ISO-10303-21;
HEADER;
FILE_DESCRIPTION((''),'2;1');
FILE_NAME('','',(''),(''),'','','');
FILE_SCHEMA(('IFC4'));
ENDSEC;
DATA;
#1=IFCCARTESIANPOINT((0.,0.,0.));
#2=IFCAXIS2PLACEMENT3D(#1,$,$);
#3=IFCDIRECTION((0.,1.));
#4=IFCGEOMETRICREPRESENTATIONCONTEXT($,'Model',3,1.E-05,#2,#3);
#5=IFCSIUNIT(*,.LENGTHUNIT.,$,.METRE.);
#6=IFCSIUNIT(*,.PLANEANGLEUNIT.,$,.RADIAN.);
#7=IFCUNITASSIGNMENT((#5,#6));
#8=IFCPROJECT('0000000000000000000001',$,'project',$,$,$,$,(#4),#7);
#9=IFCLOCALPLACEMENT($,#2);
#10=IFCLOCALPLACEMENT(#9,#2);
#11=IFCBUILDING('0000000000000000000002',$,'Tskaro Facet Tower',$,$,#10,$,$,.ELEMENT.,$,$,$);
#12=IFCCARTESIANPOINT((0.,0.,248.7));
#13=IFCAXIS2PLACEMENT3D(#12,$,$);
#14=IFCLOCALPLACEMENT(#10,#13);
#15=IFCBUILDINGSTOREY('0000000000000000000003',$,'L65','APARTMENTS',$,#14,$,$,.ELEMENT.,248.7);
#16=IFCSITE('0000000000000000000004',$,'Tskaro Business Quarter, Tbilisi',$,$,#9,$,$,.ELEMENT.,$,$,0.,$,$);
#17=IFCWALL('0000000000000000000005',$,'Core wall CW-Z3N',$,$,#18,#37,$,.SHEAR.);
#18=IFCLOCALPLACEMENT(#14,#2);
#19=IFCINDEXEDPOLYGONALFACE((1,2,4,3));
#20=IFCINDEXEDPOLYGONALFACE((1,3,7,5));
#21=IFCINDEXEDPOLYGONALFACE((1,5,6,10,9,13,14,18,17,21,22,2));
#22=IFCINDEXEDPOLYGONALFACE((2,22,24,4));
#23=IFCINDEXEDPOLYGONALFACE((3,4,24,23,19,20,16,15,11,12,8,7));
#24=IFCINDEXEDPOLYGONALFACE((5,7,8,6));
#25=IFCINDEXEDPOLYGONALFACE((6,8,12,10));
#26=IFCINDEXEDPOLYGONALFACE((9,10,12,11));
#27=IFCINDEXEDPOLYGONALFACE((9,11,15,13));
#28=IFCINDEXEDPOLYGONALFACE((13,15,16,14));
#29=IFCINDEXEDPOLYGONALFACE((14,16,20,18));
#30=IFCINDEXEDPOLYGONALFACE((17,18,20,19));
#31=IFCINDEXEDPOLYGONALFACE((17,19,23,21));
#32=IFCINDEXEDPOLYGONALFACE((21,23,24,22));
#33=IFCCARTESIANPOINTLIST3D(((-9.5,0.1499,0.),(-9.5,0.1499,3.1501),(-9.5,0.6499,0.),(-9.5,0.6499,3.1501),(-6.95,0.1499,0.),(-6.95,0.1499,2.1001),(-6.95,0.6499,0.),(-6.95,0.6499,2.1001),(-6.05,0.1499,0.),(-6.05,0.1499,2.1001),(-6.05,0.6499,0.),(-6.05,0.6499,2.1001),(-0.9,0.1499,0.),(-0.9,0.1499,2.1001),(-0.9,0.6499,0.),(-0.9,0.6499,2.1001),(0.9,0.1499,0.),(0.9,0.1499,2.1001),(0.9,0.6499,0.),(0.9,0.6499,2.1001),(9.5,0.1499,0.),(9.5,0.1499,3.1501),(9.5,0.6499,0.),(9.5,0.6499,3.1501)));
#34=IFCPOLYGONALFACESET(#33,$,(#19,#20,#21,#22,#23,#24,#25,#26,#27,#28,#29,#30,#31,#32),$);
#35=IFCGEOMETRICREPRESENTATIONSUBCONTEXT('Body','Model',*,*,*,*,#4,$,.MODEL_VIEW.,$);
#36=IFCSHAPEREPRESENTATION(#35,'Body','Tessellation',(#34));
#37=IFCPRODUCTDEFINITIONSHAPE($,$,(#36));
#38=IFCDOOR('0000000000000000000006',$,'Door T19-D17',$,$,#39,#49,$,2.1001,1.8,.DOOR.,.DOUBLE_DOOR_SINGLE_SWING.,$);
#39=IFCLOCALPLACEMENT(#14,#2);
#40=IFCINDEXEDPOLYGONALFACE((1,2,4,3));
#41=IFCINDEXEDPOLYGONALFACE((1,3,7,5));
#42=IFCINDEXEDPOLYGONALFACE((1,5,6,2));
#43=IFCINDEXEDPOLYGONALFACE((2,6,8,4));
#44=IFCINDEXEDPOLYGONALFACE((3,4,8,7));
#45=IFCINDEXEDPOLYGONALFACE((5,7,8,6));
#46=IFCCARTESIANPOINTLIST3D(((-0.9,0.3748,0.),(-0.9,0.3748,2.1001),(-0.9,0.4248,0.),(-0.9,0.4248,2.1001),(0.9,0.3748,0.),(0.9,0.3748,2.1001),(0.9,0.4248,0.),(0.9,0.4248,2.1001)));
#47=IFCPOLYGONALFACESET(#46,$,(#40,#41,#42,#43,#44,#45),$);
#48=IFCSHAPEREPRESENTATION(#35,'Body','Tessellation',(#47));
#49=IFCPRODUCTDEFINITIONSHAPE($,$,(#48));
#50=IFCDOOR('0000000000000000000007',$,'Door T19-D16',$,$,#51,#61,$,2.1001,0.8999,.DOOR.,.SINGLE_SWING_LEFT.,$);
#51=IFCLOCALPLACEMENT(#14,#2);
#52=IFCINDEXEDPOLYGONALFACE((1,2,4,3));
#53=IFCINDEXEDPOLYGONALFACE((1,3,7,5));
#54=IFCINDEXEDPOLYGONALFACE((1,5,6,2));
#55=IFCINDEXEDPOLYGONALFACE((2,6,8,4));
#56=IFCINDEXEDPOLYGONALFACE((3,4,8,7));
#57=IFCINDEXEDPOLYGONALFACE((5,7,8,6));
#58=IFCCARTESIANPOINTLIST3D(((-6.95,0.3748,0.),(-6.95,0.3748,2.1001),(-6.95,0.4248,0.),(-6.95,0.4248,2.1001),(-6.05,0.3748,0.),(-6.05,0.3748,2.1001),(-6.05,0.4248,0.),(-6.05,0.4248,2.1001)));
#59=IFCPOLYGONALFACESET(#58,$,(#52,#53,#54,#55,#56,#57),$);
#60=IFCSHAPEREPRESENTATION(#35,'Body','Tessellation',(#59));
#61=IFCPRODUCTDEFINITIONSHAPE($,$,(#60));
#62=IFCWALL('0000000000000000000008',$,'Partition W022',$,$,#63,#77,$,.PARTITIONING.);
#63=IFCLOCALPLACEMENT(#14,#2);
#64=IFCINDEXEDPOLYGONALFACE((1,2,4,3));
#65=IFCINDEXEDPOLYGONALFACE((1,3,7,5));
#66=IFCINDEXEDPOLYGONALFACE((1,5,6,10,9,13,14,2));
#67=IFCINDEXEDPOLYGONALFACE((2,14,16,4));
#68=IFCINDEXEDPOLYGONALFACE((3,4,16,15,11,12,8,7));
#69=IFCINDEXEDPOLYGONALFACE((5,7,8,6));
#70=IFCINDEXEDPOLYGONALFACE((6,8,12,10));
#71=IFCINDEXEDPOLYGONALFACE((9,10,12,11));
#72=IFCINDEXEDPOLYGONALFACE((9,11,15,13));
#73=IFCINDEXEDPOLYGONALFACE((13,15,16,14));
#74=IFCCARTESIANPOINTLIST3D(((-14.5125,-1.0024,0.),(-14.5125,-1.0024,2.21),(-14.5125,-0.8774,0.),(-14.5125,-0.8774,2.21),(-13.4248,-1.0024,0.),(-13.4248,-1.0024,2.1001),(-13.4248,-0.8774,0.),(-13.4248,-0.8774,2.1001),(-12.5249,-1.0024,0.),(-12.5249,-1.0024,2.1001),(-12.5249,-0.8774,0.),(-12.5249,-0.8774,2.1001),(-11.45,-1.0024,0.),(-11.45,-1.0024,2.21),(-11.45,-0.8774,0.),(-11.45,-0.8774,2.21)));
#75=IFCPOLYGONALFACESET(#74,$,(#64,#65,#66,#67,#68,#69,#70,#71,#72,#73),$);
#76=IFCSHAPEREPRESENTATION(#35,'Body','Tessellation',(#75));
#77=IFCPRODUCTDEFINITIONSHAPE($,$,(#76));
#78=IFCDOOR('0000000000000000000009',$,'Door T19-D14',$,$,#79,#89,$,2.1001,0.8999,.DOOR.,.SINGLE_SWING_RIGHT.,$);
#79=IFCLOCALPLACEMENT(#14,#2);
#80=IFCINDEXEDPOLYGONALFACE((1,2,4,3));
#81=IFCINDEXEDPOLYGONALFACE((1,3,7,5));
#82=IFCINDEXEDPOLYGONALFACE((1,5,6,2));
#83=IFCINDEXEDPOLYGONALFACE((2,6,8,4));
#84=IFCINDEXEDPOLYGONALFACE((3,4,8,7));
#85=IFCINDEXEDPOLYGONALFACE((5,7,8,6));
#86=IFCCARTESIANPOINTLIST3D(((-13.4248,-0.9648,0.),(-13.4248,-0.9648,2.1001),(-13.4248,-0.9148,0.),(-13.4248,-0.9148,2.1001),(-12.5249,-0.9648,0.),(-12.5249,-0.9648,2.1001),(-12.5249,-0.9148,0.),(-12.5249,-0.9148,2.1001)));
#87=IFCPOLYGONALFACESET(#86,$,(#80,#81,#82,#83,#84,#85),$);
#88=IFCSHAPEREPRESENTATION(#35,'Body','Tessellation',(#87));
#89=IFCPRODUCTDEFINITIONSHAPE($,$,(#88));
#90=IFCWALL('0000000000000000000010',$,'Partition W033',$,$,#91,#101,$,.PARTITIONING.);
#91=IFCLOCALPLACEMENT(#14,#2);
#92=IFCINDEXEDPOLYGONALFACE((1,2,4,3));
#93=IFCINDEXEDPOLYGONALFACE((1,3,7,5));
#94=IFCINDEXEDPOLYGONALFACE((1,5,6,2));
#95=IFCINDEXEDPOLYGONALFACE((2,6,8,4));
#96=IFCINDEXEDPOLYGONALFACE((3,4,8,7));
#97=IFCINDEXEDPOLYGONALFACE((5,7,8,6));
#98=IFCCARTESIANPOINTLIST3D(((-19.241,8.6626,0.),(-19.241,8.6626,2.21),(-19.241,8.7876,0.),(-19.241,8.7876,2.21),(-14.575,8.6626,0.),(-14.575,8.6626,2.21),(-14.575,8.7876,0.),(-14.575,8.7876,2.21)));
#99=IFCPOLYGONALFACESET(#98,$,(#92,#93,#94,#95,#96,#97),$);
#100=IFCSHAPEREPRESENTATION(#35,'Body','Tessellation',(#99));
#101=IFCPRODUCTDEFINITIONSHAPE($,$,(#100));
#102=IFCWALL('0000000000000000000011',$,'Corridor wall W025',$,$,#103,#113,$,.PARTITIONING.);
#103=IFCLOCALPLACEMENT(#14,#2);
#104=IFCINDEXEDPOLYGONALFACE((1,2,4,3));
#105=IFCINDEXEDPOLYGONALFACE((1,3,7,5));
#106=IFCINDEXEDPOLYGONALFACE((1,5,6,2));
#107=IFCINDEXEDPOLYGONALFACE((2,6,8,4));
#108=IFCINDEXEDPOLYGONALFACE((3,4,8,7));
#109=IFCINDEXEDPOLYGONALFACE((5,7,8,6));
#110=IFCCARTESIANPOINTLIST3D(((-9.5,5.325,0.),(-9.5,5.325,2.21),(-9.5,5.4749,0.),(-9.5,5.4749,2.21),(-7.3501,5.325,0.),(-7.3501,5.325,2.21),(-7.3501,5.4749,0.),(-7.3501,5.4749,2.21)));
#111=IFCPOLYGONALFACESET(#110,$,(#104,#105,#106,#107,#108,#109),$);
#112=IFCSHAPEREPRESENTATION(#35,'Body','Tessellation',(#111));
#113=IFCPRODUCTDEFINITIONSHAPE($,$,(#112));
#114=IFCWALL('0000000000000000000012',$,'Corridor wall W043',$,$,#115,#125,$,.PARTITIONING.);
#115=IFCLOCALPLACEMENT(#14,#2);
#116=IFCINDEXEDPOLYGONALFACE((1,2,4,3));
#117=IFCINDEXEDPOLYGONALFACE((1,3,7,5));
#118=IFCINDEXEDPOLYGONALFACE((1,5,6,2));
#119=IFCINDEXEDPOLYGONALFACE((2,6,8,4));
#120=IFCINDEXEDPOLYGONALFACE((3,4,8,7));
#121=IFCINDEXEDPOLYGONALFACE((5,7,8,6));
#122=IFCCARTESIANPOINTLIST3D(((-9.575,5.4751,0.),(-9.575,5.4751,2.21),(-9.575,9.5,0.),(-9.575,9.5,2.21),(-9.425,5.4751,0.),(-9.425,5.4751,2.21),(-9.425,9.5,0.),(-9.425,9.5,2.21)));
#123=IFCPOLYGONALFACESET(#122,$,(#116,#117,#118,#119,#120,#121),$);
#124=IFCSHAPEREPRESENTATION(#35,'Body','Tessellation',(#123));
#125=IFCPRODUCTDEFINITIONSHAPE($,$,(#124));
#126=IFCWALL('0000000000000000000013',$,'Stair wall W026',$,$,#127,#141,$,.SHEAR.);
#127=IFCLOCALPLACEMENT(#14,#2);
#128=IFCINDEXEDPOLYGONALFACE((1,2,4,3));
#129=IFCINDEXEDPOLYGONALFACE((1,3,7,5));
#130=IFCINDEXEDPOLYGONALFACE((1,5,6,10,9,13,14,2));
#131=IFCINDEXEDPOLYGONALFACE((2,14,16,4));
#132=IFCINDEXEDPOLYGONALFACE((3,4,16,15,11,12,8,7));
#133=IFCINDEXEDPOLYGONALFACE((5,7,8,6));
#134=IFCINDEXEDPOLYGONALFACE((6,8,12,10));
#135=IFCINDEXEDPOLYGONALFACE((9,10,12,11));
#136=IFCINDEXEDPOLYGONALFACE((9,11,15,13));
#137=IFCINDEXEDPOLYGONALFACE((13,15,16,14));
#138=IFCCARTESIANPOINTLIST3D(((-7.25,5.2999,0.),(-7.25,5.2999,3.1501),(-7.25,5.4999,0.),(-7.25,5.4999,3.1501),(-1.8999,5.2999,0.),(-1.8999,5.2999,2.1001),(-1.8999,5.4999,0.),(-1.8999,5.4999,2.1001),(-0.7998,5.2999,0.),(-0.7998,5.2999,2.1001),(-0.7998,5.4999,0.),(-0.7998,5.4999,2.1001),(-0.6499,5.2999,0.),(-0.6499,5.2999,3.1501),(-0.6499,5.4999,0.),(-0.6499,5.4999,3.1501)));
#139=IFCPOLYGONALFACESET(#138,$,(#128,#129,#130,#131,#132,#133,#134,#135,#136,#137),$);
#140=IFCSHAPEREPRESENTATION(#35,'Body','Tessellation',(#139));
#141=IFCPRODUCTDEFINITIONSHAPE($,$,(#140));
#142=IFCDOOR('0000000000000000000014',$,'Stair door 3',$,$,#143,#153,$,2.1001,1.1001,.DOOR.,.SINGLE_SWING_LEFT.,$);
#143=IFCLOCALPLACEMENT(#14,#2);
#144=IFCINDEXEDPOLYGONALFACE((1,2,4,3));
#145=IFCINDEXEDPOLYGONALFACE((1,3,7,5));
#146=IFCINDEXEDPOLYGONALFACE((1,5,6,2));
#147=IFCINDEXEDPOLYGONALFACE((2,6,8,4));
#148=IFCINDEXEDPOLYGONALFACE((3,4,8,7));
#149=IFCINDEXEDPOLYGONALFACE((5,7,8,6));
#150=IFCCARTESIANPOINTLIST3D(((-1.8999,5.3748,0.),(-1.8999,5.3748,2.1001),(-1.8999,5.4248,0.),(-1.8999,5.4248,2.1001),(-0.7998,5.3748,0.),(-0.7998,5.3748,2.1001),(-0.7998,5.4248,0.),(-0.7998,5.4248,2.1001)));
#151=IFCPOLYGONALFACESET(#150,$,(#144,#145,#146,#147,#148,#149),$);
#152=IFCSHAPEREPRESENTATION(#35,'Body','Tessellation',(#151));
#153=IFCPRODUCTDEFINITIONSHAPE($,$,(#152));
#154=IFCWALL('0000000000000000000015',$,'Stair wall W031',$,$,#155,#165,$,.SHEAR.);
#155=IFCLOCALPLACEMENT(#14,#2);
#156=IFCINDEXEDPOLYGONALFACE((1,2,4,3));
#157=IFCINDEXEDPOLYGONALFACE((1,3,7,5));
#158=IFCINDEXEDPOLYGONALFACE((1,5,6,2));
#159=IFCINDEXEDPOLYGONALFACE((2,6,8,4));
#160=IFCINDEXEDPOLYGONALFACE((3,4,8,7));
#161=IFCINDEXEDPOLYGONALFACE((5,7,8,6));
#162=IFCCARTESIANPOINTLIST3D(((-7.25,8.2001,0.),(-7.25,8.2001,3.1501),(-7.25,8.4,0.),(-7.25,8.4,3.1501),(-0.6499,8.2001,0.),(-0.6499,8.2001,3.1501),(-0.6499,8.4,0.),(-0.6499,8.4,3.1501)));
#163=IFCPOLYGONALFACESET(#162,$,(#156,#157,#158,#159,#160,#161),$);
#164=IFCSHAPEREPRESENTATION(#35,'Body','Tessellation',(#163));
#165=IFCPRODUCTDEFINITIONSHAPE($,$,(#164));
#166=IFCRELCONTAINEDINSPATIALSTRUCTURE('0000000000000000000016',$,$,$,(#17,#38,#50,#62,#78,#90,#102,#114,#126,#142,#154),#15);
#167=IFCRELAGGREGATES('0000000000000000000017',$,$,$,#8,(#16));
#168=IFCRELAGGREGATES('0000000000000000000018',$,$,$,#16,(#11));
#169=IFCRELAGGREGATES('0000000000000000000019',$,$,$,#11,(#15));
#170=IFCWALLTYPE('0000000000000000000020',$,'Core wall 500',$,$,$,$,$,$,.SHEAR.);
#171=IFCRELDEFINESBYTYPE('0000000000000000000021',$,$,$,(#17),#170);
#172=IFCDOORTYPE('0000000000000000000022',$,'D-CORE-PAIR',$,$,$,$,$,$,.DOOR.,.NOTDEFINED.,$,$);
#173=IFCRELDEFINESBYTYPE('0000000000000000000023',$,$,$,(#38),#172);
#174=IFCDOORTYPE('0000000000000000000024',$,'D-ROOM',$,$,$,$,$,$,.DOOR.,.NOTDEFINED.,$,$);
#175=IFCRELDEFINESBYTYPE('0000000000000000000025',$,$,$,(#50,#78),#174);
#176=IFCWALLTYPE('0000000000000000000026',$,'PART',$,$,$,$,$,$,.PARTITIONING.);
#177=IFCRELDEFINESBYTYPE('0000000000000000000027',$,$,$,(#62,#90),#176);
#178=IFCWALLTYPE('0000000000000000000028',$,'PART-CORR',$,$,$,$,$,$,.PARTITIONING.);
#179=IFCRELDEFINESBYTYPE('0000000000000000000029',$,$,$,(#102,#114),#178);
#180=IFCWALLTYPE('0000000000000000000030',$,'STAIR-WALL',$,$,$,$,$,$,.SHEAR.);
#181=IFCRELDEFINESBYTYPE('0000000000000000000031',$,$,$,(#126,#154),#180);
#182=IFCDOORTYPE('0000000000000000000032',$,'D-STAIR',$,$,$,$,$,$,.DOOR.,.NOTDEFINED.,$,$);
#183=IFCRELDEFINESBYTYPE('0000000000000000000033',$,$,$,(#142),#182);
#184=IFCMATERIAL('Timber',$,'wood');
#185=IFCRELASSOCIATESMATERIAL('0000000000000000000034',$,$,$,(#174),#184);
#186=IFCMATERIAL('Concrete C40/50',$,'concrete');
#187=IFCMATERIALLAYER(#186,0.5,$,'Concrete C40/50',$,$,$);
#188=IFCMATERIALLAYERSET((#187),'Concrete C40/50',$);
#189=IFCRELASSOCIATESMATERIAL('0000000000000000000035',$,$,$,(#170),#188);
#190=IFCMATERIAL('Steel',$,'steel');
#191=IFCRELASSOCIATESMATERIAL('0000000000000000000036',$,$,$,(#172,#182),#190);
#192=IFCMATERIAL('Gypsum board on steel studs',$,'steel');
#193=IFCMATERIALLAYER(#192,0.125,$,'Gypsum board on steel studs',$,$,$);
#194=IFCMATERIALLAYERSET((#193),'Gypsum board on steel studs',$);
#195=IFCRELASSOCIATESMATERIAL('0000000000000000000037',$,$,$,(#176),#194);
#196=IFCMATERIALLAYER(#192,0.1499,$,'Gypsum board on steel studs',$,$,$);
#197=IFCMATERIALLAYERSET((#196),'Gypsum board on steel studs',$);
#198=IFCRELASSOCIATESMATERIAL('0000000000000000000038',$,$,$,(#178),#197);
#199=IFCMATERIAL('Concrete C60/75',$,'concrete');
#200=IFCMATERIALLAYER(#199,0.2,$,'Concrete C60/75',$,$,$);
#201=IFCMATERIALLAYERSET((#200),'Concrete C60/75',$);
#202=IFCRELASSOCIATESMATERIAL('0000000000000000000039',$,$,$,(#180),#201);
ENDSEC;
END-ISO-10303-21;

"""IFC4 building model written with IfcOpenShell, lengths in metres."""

from ifc_helpers import new_model, si_unit, direction, frame, frame_2d, origin, place, context, subcontext, project, spatial, rectangle, extrude, material, layer, layer_set, type_object, element, fill, save


model = new_model("IFC4")

# Units and contexts
model_context = context("Model", 3, precision=1e-05, world=origin(), true_north=direction((0.0, 1.0)))
body_context = subcontext(model_context, "Body", "Model", "MODEL_VIEW")
ifc_project = project(units=[si_unit("LENGTHUNIT", "METRE"), si_unit("PLANEANGLEUNIT", "RADIAN")], contexts=[model_context])

# Site, building, storey
site_placement = place(None, origin())
site = spatial("IfcSite", under=ifc_project, at=site_placement, Name="Tskaro Business Quarter, Tbilisi", CompositionType="ELEMENT", RefElevation=0.0)
building_placement = place(site_placement, origin())
building = spatial("IfcBuilding", under=site, at=building_placement, Name="Tskaro Facet Tower", CompositionType="ELEMENT")
storey_placement = place(building_placement, frame((0.0, 0.0, 248.7)))
storey = spatial("IfcBuildingStorey", under=building, at=storey_placement, Name="L65", Description="APARTMENTS", CompositionType="ELEMENT", Elevation=248.7)

# Shared definitions
ifc_material_1 = material(Name="Timber", Category="wood")
door_type_1 = type_object("IfcDoorType", Name="D-ROOM", OperationType="NOTDEFINED", PredefinedType="DOOR", material=ifc_material_1)

# Wall, openings, doors
ifc_material_2 = material(Name="Concrete C40/50", Category="concrete")
ifc_layer_1 = layer(ifc_material_2, 0.5, Name="Concrete C40/50")
ifc_layer_set_1 = layer_set([ifc_layer_1], Name="Concrete C40/50")
wall_type_1 = type_object("IfcWallType", Name="Core wall 500", PredefinedType="SHEAR", material=ifc_layer_set_1)
wall_1_placement = place(storey_placement, frame((-9.5, 0.3999, 0.0), z_axis=(0.0, 0.0, 1.0), x_axis=(1.0, 0.0, 0.0)))
wall_1 = element("IfcWall", 1, at=wall_1_placement, inside=storey, type_object=wall_type_1, Name="Core wall CW-Z3N", PredefinedType="SHEAR", context=body_context, shape_type="SweptSolid", body=[
    extrude(rectangle(XDim=19.0, YDim=0.5, at=frame_2d((9.5, 0.0))), origin(), (0.0, 0.0, 1.0), 3.1501),
])
opening_1_placement = place(wall_1_placement, frame((8.6001, 0.0, 0.0)))
opening_1 = element("IfcOpeningElement", 2, at=opening_1_placement, cuts=wall_1, PredefinedType="OPENING", context=body_context, shape_type="SweptSolid", body=[
    extrude(rectangle(XDim=1.8, YDim=2.1001, at=frame_2d((0.8999, 1.05))), frame((0.0, 0.26, 0.0), z_axis=(0.0, -1.0, 0.0), x_axis=(1.0, 0.0, 0.0)), (0.0, 0.0, 1.0), 0.52),
])
opening_2_placement = place(wall_1_placement, frame((2.55, 0.0, 0.0)))
opening_2 = element("IfcOpeningElement", 3, at=opening_2_placement, cuts=wall_1, PredefinedType="OPENING", context=body_context, shape_type="SweptSolid", body=[
    extrude(rectangle(XDim=0.8999, YDim=2.1001, at=frame_2d((0.45, 1.05))), frame((0.0, 0.26, 0.0), z_axis=(0.0, -1.0, 0.0), x_axis=(1.0, 0.0, 0.0)), (0.0, 0.0, 1.0), 0.52),
])
ifc_material_3 = material(Name="Steel", Category="steel")
door_type_2 = type_object("IfcDoorType", Name="D-CORE-PAIR", OperationType="NOTDEFINED", PredefinedType="DOOR", material=ifc_material_3)
door_1_placement = place(opening_1_placement, origin())
door_1 = element("IfcDoor", 4, at=door_1_placement, inside=storey, type_object=door_type_2, Name="Door T19-D17", OperationType="DOUBLE_DOOR_SINGLE_SWING", OverallHeight=2.1001, OverallWidth=1.8, PredefinedType="DOOR", context=body_context, shape_type="SweptSolid", body=[
    extrude(rectangle(XDim=1.8, YDim=2.1001, at=frame_2d((0.8999, 1.05))), frame((0.0, 0.0249, 0.0), z_axis=(0.0, -1.0, 0.0), x_axis=(1.0, 0.0, 0.0)), (0.0, 0.0, 1.0), 0.05),
])
fill(opening_1, door_1)
door_2_placement = place(opening_2_placement, origin())
door_2 = element("IfcDoor", 5, at=door_2_placement, inside=storey, type_object=door_type_1, Name="Door T19-D16", OperationType="SINGLE_SWING_LEFT", OverallHeight=2.1001, OverallWidth=0.8999, PredefinedType="DOOR", context=body_context, shape_type="SweptSolid", body=[
    extrude(rectangle(XDim=0.8999, YDim=2.1001, at=frame_2d((0.45, 1.05))), frame((0.0, 0.0249, 0.0), z_axis=(0.0, -1.0, 0.0), x_axis=(1.0, 0.0, 0.0)), (0.0, 0.0, 1.0), 0.05),
])
fill(opening_2, door_2)

# Wall, opening, door
ifc_material_4 = material(Name="Gypsum board on steel studs", Category="steel")
ifc_layer_2 = layer(ifc_material_4, 0.125, Name="Gypsum board on steel studs")
ifc_layer_set_2 = layer_set([ifc_layer_2], Name="Gypsum board on steel studs")
wall_type_2 = type_object("IfcWallType", Name="PART", PredefinedType="PARTITIONING", material=ifc_layer_set_2)
wall_2_placement = place(storey_placement, frame((-11.45, -0.9399, 0.0), z_axis=(0.0, 0.0, 1.0), x_axis=(-1.0, 0.0, 0.0)))
wall_2 = element("IfcWall", 6, at=wall_2_placement, inside=storey, type_object=wall_type_2, Name="Partition W022", PredefinedType="PARTITIONING", context=body_context, shape_type="SweptSolid", body=[
    extrude(rectangle(XDim=3.0625, YDim=0.125, at=frame_2d((1.5312, 0.0))), origin(), (0.0, 0.0, 1.0), 2.21),
])
opening_3_placement = place(wall_2_placement, frame((1.075, 0.0, 0.0)))
opening_3 = element("IfcOpeningElement", 7, at=opening_3_placement, cuts=wall_2, PredefinedType="OPENING", context=body_context, shape_type="SweptSolid", body=[
    extrude(rectangle(XDim=0.8999, YDim=2.1001, at=frame_2d((0.45, 1.05))), frame((0.0, 0.0725, 0.0), z_axis=(0.0, -1.0, 0.0), x_axis=(1.0, 0.0, 0.0)), (0.0, 0.0, 1.0), 0.145),
])
door_3_placement = place(opening_3_placement, origin())
door_3 = element("IfcDoor", 8, at=door_3_placement, inside=storey, type_object=door_type_1, Name="Door T19-D14", OperationType="SINGLE_SWING_RIGHT", OverallHeight=2.1001, OverallWidth=0.8999, PredefinedType="DOOR", context=body_context, shape_type="SweptSolid", body=[
    extrude(rectangle(XDim=0.8999, YDim=2.1001, at=frame_2d((0.45, 1.05))), frame((0.0, 0.0249, 0.0), z_axis=(0.0, -1.0, 0.0), x_axis=(1.0, 0.0, 0.0)), (0.0, 0.0, 1.0), 0.05),
])
fill(opening_3, door_3)

# Walls
wall_3_placement = place(storey_placement, frame((-19.241, 8.7251, 0.0), z_axis=(0.0, 0.0, 1.0), x_axis=(1.0, 0.0, 0.0)))
element("IfcWall", 9, at=wall_3_placement, inside=storey, type_object=wall_type_2, Name="Partition W033", PredefinedType="PARTITIONING", context=body_context, shape_type="SweptSolid", body=[
    extrude(rectangle(XDim=4.666, YDim=0.125, at=frame_2d((2.333, 0.0))), origin(), (0.0, 0.0, 1.0), 2.21),
])
ifc_layer_3 = layer(ifc_material_4, 0.1499, Name="Gypsum board on steel studs")
ifc_layer_set_3 = layer_set([ifc_layer_3], Name="Gypsum board on steel studs")
wall_type_3 = type_object("IfcWallType", Name="PART-CORR", PredefinedType="PARTITIONING", material=ifc_layer_set_3)
wall_4_placement = place(storey_placement, frame((-9.5, 5.3999, 0.0), z_axis=(0.0, 0.0, 1.0), x_axis=(1.0, 0.0, 0.0)))
element("IfcWall", 10, at=wall_4_placement, inside=storey, type_object=wall_type_3, Name="Corridor wall W025", PredefinedType="PARTITIONING", context=body_context, shape_type="SweptSolid", body=[
    extrude(rectangle(XDim=2.1499, YDim=0.1499, at=frame_2d((1.075, 0.0))), origin(), (0.0, 0.0, 1.0), 2.21),
])
wall_5_placement = place(storey_placement, frame((-9.5, 5.4751, 0.0), z_axis=(0.0, 0.0, 1.0), x_axis=(0.0, 1.0, 0.0)))
element("IfcWall", 11, at=wall_5_placement, inside=storey, type_object=wall_type_3, Name="Corridor wall W043", PredefinedType="PARTITIONING", context=body_context, shape_type="SweptSolid", body=[
    extrude(rectangle(XDim=4.0249, YDim=0.1499, at=frame_2d((2.0125, 0.0))), origin(), (0.0, 0.0, 1.0), 2.21),
])

# Wall, opening, door
ifc_material_5 = material(Name="Concrete C60/75", Category="concrete")
ifc_layer_4 = layer(ifc_material_5, 0.2, Name="Concrete C60/75")
ifc_layer_set_4 = layer_set([ifc_layer_4], Name="Concrete C60/75")
wall_type_4 = type_object("IfcWallType", Name="STAIR-WALL", PredefinedType="SHEAR", material=ifc_layer_set_4)
wall_6_placement = place(storey_placement, frame((-7.25, 5.3999, 0.0), z_axis=(0.0, 0.0, 1.0), x_axis=(1.0, 0.0, 0.0)))
wall_6 = element("IfcWall", 12, at=wall_6_placement, inside=storey, type_object=wall_type_4, Name="Stair wall W026", PredefinedType="SHEAR", context=body_context, shape_type="SweptSolid", body=[
    extrude(rectangle(XDim=6.6001, YDim=0.2, at=frame_2d((3.3, 0.0))), origin(), (0.0, 0.0, 1.0), 3.1501),
])
opening_4_placement = place(wall_6_placement, frame((5.3501, 0.0, 0.0)))
opening_4 = element("IfcOpeningElement", 13, at=opening_4_placement, cuts=wall_6, PredefinedType="OPENING", context=body_context, shape_type="SweptSolid", body=[
    extrude(rectangle(XDim=1.1001, YDim=2.1001, at=frame_2d((0.55, 1.05))), frame((0.0, 0.1099, 0.0), z_axis=(0.0, -1.0, 0.0), x_axis=(1.0, 0.0, 0.0)), (0.0, 0.0, 1.0), 0.22),
])
door_type_3 = type_object("IfcDoorType", Name="D-STAIR", OperationType="NOTDEFINED", PredefinedType="DOOR", material=ifc_material_3)
door_4_placement = place(opening_4_placement, origin())
door_4 = element("IfcDoor", 14, at=door_4_placement, inside=storey, type_object=door_type_3, Name="Stair door 3", OperationType="SINGLE_SWING_LEFT", OverallHeight=2.1001, OverallWidth=1.1001, PredefinedType="DOOR", context=body_context, shape_type="SweptSolid", body=[
    extrude(rectangle(XDim=1.1001, YDim=2.1001, at=frame_2d((0.55, 1.05))), frame((0.0, 0.0249, 0.0), z_axis=(0.0, -1.0, 0.0), x_axis=(1.0, 0.0, 0.0)), (0.0, 0.0, 1.0), 0.05),
])
fill(opening_4, door_4)

# Wall
wall_7_placement = place(storey_placement, frame((-7.25, 8.3, 0.0), z_axis=(0.0, 0.0, 1.0), x_axis=(1.0, 0.0, 0.0)))
element("IfcWall", 15, at=wall_7_placement, inside=storey, type_object=wall_type_4, Name="Stair wall W031", PredefinedType="SHEAR", context=body_context, shape_type="SweptSolid", body=[
    extrude(rectangle(XDim=6.6001, YDim=0.2, at=frame_2d((3.3, 0.0))), origin(), (0.0, 0.0, 1.0), 3.1501),
])

save(model, "model.ifc")
